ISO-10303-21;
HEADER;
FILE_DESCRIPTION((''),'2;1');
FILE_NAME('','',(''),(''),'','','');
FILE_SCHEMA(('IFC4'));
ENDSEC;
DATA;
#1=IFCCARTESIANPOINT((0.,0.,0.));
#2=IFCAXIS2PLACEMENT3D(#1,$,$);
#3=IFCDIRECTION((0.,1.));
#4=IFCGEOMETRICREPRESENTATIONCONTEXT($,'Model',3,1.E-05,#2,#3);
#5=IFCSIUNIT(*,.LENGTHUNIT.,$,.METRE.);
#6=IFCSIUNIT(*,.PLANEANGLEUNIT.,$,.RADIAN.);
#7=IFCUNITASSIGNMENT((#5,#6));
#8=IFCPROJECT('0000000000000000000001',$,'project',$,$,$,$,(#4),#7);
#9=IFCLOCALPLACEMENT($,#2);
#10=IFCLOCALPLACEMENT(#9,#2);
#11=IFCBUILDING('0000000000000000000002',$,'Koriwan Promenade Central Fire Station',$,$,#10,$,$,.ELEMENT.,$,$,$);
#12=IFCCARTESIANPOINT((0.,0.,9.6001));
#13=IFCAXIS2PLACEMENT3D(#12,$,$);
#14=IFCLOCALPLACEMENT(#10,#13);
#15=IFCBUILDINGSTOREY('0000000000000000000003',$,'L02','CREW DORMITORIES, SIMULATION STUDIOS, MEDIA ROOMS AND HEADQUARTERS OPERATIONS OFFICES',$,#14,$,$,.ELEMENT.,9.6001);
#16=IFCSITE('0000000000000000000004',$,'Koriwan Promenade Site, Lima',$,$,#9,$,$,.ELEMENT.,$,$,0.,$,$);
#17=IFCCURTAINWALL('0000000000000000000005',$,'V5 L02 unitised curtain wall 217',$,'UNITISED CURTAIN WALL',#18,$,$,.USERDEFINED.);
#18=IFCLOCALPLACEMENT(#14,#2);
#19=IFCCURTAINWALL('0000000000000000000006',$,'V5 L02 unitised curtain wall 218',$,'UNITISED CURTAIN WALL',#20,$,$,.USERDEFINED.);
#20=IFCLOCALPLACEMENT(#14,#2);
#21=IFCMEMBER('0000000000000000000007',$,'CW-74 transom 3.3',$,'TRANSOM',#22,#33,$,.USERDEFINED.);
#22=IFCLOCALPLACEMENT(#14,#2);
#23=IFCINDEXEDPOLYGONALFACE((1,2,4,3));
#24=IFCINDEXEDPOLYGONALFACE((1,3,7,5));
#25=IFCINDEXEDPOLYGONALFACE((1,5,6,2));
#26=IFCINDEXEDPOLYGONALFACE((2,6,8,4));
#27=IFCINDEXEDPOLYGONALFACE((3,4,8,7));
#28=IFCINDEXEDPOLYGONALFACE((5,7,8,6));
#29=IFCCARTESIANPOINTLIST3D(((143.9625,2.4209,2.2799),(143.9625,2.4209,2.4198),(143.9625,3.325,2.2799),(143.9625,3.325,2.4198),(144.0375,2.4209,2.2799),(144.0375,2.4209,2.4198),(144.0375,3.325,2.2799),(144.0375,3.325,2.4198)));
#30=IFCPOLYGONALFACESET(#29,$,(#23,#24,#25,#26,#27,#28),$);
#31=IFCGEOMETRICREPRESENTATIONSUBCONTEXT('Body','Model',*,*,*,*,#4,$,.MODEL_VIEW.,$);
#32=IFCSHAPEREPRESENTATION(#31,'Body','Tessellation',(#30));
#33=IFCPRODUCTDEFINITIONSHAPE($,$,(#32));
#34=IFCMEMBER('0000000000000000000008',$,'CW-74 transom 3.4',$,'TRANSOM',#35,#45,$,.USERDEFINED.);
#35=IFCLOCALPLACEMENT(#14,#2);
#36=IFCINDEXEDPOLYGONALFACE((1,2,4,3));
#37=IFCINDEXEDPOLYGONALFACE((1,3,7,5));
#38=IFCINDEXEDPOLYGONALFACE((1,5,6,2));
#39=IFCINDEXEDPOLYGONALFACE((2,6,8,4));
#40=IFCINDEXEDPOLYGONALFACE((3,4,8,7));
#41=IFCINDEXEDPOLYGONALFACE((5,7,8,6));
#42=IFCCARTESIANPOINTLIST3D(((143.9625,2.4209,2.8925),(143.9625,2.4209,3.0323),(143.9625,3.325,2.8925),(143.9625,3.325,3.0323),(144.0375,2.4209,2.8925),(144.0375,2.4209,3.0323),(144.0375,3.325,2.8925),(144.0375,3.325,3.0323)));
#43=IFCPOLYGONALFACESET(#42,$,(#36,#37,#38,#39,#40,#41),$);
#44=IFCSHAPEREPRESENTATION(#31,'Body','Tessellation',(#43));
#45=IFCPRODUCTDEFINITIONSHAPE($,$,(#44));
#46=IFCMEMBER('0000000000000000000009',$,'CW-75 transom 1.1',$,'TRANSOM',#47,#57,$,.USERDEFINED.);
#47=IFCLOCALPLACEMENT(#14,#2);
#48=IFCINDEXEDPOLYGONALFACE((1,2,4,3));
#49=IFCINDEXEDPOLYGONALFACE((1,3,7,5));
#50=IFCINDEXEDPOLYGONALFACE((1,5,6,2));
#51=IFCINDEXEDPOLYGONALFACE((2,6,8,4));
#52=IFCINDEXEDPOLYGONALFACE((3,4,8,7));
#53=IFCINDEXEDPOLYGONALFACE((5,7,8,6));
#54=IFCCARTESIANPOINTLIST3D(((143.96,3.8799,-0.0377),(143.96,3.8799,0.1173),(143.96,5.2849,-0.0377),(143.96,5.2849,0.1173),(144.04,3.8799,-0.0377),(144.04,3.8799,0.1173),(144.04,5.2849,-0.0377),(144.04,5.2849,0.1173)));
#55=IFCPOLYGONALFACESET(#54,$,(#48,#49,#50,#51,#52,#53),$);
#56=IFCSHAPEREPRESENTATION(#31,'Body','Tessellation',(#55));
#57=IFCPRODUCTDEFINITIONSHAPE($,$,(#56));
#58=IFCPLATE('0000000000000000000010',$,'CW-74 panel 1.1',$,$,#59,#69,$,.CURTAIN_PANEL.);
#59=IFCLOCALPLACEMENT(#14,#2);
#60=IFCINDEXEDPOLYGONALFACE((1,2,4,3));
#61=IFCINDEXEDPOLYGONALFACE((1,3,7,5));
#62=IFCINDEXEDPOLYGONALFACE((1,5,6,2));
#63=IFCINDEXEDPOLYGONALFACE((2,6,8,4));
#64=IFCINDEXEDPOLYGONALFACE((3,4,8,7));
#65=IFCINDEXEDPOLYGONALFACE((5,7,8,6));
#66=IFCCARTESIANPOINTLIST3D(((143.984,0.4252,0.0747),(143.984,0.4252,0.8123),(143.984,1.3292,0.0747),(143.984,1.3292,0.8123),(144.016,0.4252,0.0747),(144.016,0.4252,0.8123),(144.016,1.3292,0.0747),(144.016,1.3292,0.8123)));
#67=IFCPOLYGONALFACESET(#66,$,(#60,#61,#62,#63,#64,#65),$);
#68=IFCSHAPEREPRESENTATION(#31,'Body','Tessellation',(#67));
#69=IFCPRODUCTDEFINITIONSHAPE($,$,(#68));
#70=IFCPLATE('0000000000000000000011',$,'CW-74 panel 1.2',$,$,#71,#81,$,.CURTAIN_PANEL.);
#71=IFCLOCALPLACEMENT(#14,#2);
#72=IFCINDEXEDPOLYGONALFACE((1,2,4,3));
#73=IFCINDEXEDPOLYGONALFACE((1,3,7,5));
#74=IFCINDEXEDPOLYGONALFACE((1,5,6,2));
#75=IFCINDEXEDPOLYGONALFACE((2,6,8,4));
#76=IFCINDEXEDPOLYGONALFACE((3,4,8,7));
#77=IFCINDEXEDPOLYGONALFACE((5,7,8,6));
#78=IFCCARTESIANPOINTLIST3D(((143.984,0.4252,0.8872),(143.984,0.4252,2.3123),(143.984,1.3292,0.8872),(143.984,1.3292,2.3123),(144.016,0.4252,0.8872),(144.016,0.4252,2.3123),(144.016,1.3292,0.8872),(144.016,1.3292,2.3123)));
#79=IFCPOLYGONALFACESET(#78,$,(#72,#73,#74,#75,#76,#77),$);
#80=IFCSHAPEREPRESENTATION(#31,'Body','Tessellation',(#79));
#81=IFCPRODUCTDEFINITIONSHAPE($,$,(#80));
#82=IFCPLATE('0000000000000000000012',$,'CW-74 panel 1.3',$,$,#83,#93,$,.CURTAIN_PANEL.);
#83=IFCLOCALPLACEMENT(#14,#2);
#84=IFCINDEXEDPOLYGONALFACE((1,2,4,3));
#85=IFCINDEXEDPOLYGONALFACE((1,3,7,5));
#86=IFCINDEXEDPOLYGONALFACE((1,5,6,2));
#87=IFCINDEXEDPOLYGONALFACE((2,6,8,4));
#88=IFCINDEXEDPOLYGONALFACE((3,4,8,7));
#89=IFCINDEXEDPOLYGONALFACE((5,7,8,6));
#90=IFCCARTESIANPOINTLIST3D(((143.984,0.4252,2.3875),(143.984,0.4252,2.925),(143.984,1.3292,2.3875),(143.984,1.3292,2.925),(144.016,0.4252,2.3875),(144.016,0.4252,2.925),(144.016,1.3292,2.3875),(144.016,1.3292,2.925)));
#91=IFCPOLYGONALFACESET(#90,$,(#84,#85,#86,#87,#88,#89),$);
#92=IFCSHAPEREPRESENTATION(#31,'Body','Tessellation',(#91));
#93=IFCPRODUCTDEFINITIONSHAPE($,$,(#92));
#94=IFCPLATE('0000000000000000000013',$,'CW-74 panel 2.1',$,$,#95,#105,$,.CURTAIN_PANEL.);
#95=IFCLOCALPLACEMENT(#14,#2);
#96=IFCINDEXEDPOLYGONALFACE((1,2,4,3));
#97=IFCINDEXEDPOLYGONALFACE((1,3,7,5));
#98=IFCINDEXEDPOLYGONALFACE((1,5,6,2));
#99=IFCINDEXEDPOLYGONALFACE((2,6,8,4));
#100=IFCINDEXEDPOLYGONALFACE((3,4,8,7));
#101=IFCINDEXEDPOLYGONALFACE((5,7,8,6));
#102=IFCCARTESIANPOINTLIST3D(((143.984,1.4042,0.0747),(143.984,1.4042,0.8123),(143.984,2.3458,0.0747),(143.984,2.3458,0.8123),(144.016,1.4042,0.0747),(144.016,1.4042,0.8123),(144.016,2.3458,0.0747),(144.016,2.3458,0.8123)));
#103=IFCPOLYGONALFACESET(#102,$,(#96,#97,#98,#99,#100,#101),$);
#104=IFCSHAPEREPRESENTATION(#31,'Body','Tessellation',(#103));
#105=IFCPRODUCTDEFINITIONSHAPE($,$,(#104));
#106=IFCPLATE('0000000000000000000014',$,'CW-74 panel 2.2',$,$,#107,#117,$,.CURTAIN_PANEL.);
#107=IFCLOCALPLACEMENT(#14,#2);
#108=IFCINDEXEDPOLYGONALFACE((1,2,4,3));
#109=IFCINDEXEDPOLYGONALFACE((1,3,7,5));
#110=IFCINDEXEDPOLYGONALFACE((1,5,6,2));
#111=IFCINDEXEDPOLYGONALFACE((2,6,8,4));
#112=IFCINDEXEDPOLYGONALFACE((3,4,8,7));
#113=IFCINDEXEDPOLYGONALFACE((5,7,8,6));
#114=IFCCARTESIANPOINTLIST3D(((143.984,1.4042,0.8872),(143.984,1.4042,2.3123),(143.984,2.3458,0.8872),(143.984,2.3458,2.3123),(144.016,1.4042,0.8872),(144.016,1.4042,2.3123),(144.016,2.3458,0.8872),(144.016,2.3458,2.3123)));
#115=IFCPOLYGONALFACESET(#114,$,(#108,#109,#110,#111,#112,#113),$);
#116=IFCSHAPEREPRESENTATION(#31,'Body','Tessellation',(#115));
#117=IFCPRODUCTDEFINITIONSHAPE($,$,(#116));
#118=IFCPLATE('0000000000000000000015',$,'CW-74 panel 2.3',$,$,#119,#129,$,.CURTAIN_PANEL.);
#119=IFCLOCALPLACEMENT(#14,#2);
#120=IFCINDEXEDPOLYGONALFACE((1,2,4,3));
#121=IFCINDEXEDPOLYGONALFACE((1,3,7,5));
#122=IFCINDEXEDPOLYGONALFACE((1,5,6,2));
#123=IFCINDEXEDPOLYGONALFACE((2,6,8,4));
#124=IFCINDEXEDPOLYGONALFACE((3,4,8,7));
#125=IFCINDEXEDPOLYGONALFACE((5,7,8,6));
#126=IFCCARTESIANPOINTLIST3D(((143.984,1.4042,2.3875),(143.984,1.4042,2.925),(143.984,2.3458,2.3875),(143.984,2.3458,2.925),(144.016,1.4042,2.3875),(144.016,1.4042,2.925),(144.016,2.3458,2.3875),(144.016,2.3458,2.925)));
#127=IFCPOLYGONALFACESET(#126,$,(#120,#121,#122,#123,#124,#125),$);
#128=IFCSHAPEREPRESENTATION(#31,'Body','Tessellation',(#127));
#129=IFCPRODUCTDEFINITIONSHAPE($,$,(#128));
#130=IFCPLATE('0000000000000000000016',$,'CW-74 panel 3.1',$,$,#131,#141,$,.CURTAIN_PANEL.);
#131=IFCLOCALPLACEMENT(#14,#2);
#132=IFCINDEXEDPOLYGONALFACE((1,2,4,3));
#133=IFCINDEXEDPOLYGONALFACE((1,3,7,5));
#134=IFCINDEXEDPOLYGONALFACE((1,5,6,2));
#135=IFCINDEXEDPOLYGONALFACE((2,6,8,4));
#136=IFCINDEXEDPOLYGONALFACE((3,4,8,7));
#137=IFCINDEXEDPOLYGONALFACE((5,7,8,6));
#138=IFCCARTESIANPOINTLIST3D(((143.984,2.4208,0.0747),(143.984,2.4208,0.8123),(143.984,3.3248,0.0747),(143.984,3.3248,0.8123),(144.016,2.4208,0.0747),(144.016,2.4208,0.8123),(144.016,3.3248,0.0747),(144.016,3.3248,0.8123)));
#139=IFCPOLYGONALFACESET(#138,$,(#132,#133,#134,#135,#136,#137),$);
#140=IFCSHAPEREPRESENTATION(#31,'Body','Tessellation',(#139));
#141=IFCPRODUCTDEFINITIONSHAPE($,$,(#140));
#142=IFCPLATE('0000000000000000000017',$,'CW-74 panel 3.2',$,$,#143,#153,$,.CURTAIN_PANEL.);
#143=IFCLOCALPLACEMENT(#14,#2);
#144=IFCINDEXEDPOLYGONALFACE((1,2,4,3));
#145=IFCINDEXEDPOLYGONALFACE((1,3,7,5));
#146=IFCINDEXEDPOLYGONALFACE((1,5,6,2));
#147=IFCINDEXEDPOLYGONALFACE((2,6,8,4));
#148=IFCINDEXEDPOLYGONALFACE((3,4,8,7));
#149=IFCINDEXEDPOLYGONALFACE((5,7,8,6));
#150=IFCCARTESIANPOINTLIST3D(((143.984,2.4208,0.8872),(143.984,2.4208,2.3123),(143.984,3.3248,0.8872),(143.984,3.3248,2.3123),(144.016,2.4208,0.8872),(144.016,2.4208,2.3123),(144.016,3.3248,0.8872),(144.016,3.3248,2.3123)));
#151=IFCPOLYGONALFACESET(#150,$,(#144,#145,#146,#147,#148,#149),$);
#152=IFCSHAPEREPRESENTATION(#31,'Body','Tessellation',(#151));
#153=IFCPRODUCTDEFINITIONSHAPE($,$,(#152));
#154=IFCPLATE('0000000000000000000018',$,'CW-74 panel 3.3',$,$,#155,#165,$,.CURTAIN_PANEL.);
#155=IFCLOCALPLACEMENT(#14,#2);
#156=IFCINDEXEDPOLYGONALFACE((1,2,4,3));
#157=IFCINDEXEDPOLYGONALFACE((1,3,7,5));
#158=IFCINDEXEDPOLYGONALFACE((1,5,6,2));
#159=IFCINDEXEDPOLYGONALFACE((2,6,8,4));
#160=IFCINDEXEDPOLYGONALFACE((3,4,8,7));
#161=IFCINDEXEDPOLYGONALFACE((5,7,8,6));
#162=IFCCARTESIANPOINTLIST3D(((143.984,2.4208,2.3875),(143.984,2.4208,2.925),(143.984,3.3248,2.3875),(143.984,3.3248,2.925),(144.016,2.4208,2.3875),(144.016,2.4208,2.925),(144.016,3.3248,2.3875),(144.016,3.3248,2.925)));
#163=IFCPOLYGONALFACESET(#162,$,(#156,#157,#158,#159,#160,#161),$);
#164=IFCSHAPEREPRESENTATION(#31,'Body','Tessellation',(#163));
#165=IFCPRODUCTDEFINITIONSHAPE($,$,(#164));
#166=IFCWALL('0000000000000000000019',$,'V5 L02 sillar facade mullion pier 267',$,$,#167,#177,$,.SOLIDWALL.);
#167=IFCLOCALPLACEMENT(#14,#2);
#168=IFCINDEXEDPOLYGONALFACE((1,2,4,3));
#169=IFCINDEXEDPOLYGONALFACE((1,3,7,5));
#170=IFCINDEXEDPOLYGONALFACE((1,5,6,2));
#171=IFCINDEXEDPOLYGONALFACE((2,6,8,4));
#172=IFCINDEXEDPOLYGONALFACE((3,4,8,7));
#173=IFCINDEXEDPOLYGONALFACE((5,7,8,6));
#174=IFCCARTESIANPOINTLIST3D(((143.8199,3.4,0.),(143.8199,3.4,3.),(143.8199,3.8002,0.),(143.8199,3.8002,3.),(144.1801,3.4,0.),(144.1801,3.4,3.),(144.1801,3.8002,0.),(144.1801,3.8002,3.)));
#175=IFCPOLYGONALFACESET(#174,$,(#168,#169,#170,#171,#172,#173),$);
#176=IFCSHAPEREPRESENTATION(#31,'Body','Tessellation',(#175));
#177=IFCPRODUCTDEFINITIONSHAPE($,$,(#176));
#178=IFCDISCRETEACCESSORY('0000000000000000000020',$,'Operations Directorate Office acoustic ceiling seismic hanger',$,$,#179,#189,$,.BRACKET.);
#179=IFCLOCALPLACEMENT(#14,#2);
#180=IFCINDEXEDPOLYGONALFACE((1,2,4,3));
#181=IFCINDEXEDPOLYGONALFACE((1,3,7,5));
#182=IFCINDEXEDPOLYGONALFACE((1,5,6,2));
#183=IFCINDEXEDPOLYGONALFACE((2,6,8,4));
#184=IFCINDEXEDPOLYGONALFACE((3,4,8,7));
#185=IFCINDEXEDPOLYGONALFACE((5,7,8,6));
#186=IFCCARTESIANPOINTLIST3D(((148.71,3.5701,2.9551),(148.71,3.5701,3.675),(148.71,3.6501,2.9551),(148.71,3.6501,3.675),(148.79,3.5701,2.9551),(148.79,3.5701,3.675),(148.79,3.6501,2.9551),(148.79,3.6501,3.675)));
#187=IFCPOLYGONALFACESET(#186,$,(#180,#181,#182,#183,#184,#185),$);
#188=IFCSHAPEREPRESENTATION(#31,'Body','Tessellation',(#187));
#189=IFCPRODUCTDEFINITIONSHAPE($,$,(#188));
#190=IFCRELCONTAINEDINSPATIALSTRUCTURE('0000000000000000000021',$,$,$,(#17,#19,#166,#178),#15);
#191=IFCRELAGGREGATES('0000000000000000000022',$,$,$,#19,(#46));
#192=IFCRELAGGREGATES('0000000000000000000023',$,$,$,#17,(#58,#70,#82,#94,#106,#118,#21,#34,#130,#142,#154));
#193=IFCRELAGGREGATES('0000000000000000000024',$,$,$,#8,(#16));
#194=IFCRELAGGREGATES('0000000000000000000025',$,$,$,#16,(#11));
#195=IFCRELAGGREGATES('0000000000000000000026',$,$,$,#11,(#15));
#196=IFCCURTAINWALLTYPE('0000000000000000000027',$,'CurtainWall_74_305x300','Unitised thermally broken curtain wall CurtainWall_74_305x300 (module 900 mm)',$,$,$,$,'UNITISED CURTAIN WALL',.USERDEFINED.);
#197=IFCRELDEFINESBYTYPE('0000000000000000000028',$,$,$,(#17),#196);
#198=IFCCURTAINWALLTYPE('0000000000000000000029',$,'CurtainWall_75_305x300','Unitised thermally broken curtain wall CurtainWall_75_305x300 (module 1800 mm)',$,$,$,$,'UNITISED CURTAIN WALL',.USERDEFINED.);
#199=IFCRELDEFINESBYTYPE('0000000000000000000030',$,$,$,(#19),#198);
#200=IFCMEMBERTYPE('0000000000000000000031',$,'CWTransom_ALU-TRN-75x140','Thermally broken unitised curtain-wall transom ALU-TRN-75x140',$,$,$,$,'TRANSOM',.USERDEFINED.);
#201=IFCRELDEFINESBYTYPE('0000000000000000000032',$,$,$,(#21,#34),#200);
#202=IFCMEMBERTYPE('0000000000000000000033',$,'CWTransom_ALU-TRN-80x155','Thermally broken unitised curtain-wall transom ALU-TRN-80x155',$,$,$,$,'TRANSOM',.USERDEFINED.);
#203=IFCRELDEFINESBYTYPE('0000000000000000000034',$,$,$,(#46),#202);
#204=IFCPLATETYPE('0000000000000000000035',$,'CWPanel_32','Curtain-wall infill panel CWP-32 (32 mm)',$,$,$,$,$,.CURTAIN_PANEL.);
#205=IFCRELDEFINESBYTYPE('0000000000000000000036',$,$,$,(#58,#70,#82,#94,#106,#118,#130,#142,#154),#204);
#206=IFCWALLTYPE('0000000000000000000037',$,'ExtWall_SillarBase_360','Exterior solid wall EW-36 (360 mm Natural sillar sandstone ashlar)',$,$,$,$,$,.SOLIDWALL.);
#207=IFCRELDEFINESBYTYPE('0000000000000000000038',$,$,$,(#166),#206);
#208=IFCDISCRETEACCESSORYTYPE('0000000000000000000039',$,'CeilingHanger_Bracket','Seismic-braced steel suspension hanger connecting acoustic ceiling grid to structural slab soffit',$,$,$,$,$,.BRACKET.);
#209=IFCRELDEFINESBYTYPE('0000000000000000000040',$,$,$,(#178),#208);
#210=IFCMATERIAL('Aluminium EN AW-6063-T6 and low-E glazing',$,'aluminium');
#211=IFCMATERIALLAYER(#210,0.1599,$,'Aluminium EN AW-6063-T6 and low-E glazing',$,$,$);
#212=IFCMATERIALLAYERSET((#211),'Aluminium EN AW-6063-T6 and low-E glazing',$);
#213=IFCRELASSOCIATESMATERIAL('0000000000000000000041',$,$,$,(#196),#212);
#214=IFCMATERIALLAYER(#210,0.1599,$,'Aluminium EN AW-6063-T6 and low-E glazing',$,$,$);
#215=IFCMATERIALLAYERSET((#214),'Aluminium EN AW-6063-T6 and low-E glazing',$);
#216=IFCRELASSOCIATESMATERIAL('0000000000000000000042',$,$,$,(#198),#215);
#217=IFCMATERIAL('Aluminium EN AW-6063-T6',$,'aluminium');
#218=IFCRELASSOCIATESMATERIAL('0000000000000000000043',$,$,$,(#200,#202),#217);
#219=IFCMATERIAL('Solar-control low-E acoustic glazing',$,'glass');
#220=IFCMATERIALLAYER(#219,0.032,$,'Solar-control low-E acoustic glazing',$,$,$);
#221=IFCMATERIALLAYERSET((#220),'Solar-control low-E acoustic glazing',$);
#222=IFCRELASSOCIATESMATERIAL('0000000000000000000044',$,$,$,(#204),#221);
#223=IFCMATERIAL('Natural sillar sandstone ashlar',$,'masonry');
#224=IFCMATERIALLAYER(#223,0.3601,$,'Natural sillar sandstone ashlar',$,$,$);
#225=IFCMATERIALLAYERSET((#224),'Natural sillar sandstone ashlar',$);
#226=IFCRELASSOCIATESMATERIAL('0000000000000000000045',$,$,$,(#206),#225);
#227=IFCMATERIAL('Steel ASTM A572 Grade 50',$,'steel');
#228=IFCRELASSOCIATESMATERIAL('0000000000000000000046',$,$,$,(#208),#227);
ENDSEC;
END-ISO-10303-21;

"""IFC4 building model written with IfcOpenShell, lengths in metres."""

from ifc_helpers import new_model, si_unit, direction, frame, frame_2d, origin, origin_2d, place, context, subcontext, project, spatial, rectangle, extrude, material, layer, layer_set, material_profile, profile_set, type_object, element, aggregate, save


model = new_model("IFC4")

# Units and contexts
model_context = context("Model", 3, precision=1e-05, world=origin(), true_north=direction((0.0, 1.0)))
body_context = subcontext(model_context, "Body", "Model", "MODEL_VIEW")
ifc_project = project(units=[si_unit("LENGTHUNIT", "METRE"), si_unit("PLANEANGLEUNIT", "RADIAN")], contexts=[model_context])

# Site, building, storey
site_placement = place(None, origin())
site = spatial("IfcSite", under=ifc_project, at=site_placement, Name="Koriwan Promenade Site, Lima", CompositionType="ELEMENT", RefElevation=0.0)
building_placement = place(site_placement, origin())
building = spatial("IfcBuilding", under=site, at=building_placement, Name="Koriwan Promenade Central Fire Station", CompositionType="ELEMENT")
storey_placement = place(building_placement, frame((0.0, 0.0, 9.6001)))
storey = spatial("IfcBuildingStorey", under=building, at=storey_placement, Name="L02", Description="CREW DORMITORIES, SIMULATION STUDIOS, MEDIA ROOMS AND HEADQUARTERS OPERATIONS OFFICES", CompositionType="ELEMENT", Elevation=9.6001)

# Curtain wall
ifc_material_1 = material(Name="Aluminium EN AW-6063-T6 and low-E glazing", Category="aluminium")
ifc_layer_1 = layer(ifc_material_1, 0.1599, Name="Aluminium EN AW-6063-T6 and low-E glazing")
ifc_layer_set_1 = layer_set([ifc_layer_1], Name="Aluminium EN AW-6063-T6 and low-E glazing")
curtain_wall_type_1 = type_object("IfcCurtainWallType", Name="CurtainWall_74_305x300", Description="Unitised thermally broken curtain wall CurtainWall_74_305x300 (module 900 mm)", ElementType="UNITISED CURTAIN WALL", PredefinedType="USERDEFINED", material=ifc_layer_set_1)
curtain_wall_1_placement = place(storey_placement, origin())
curtain_wall_1 = element("IfcCurtainWall", 1, at=curtain_wall_1_placement, inside=storey, type_object=curtain_wall_type_1, Name="V5 L02 unitised curtain wall 217", ObjectType="UNITISED CURTAIN WALL", PredefinedType="USERDEFINED")
ifc_material_2 = material(Name="Aluminium EN AW-6063-T6", Category="aluminium")

# Curtain wall
ifc_layer_2 = layer(ifc_material_1, 0.1599, Name="Aluminium EN AW-6063-T6 and low-E glazing")
ifc_layer_set_2 = layer_set([ifc_layer_2], Name="Aluminium EN AW-6063-T6 and low-E glazing")
curtain_wall_type_2 = type_object("IfcCurtainWallType", Name="CurtainWall_75_305x300", Description="Unitised thermally broken curtain wall CurtainWall_75_305x300 (module 1800 mm)", ElementType="UNITISED CURTAIN WALL", PredefinedType="USERDEFINED", material=ifc_layer_set_2)
curtain_wall_2_placement = place(storey_placement, origin())
curtain_wall_2 = element("IfcCurtainWall", 2, at=curtain_wall_2_placement, inside=storey, type_object=curtain_wall_type_2, Name="V5 L02 unitised curtain wall 218", ObjectType="UNITISED CURTAIN WALL", PredefinedType="USERDEFINED")

# Members
ifc_material_profile_1 = material_profile(ifc_material_2, rectangle(XDim=0.075, YDim=0.1399, at=origin_2d()), Name="ALU-TRN-75x140")
ifc_profile_set_1 = profile_set([ifc_material_profile_1], Name="Aluminium EN AW-6063-T6")
member_type_1 = type_object("IfcMemberType", Name="CWTransom_ALU-TRN-75x140", Description="Thermally broken unitised curtain-wall transom ALU-TRN-75x140", ElementType="TRANSOM", PredefinedType="USERDEFINED", material=ifc_profile_set_1)
member_1_placement = place(storey_placement, frame((144.0, 2.4209, 2.3499), z_axis=(0.0, 1.0, 0.0), x_axis=(-1.0, 0.0, 0.0)))
member_1 = element("IfcMember", 3, at=member_1_placement, type_object=member_type_1, Name="CW-74 transom 3.3", ObjectType="TRANSOM", PredefinedType="USERDEFINED", context=body_context, shape_type="SweptSolid", body=[
    extrude(rectangle(XDim=0.075, YDim=0.1399, at=origin_2d()), origin(), (0.0, 0.0, 1.0), 0.9041),
])
member_2_placement = place(storey_placement, frame((144.0, 2.4209, 2.9624), z_axis=(0.0, 1.0, 0.0), x_axis=(-1.0, 0.0, 0.0)))
member_2 = element("IfcMember", 4, at=member_2_placement, type_object=member_type_1, Name="CW-74 transom 3.4", ObjectType="TRANSOM", PredefinedType="USERDEFINED", context=body_context, shape_type="SweptSolid", body=[
    extrude(rectangle(XDim=0.075, YDim=0.1399, at=origin_2d()), origin(), (0.0, 0.0, 1.0), 0.9041),
])
ifc_material_profile_2 = material_profile(ifc_material_2, rectangle(XDim=0.0801, YDim=0.155, at=origin_2d()), Name="ALU-TRN-80x155")
ifc_profile_set_2 = profile_set([ifc_material_profile_2], Name="Aluminium EN AW-6063-T6")
member_type_2 = type_object("IfcMemberType", Name="CWTransom_ALU-TRN-80x155", Description="Thermally broken unitised curtain-wall transom ALU-TRN-80x155", ElementType="TRANSOM", PredefinedType="USERDEFINED", material=ifc_profile_set_2)
member_3_placement = place(storey_placement, frame((144.0, 3.8799, 0.0398), z_axis=(0.0, 1.0, 0.0), x_axis=(-1.0, 0.0, 0.0)))
member_3 = element("IfcMember", 5, at=member_3_placement, type_object=member_type_2, Name="CW-75 transom 1.1", ObjectType="TRANSOM", PredefinedType="USERDEFINED", context=body_context, shape_type="SweptSolid", body=[
    extrude(rectangle(XDim=0.0801, YDim=0.155, at=origin_2d()), origin(), (0.0, 0.0, 1.0), 1.405),
])
aggregate(curtain_wall_2, [member_3])

# Plates
ifc_material_3 = material(Name="Solar-control low-E acoustic glazing", Category="glass")
ifc_layer_3 = layer(ifc_material_3, 0.032, Name="Solar-control low-E acoustic glazing")
ifc_layer_set_3 = layer_set([ifc_layer_3], Name="Solar-control low-E acoustic glazing")
plate_type = type_object("IfcPlateType", Name="CWPanel_32", Description="Curtain-wall infill panel CWP-32 (32 mm)", PredefinedType="CURTAIN_PANEL", material=ifc_layer_set_3)
plate_1_placement = place(storey_placement, frame((144.0, 0.8772, 0.0747), z_axis=(0.0, 0.0, 1.0), x_axis=(0.0, 1.0, 0.0)))
plate_1 = element("IfcPlate", 6, at=plate_1_placement, type_object=plate_type, Name="CW-74 panel 1.1", PredefinedType="CURTAIN_PANEL", context=body_context, shape_type="SweptSolid", body=[
    extrude(rectangle(XDim=0.9041, YDim=0.032, at=origin_2d()), origin(), (0.0, 0.0, 1.0), 0.7375),
])
plate_2_placement = place(storey_placement, frame((144.0, 0.8772, 0.8872), z_axis=(0.0, 0.0, 1.0), x_axis=(0.0, 1.0, 0.0)))
plate_2 = element("IfcPlate", 7, at=plate_2_placement, type_object=plate_type, Name="CW-74 panel 1.2", PredefinedType="CURTAIN_PANEL", context=body_context, shape_type="SweptSolid", body=[
    extrude(rectangle(XDim=0.9041, YDim=0.032, at=origin_2d()), origin(), (0.0, 0.0, 1.0), 1.425),
])
plate_3_placement = place(storey_placement, frame((144.0, 0.8772, 2.3875), z_axis=(0.0, 0.0, 1.0), x_axis=(0.0, 1.0, 0.0)))
plate_3 = element("IfcPlate", 8, at=plate_3_placement, type_object=plate_type, Name="CW-74 panel 1.3", PredefinedType="CURTAIN_PANEL", context=body_context, shape_type="SweptSolid", body=[
    extrude(rectangle(XDim=0.9041, YDim=0.032, at=origin_2d()), origin(), (0.0, 0.0, 1.0), 0.5376),
])
plate_4_placement = place(storey_placement, frame((144.0, 1.875, 0.0747), z_axis=(0.0, 0.0, 1.0), x_axis=(0.0, 1.0, 0.0)))
plate_4 = element("IfcPlate", 9, at=plate_4_placement, type_object=plate_type, Name="CW-74 panel 2.1", PredefinedType="CURTAIN_PANEL", context=body_context, shape_type="SweptSolid", body=[
    extrude(rectangle(XDim=0.9417, YDim=0.032, at=origin_2d()), origin(), (0.0, 0.0, 1.0), 0.7375),
])
plate_5_placement = place(storey_placement, frame((144.0, 1.875, 0.8872), z_axis=(0.0, 0.0, 1.0), x_axis=(0.0, 1.0, 0.0)))
plate_5 = element("IfcPlate", 10, at=plate_5_placement, type_object=plate_type, Name="CW-74 panel 2.2", PredefinedType="CURTAIN_PANEL", context=body_context, shape_type="SweptSolid", body=[
    extrude(rectangle(XDim=0.9417, YDim=0.032, at=origin_2d()), origin(), (0.0, 0.0, 1.0), 1.425),
])
plate_6_placement = place(storey_placement, frame((144.0, 1.875, 2.3875), z_axis=(0.0, 0.0, 1.0), x_axis=(0.0, 1.0, 0.0)))
plate_6 = element("IfcPlate", 11, at=plate_6_placement, type_object=plate_type, Name="CW-74 panel 2.3", PredefinedType="CURTAIN_PANEL", context=body_context, shape_type="SweptSolid", body=[
    extrude(rectangle(XDim=0.9417, YDim=0.032, at=origin_2d()), origin(), (0.0, 0.0, 1.0), 0.5376),
])
plate_7_placement = place(storey_placement, frame((144.0, 2.8728, 0.0747), z_axis=(0.0, 0.0, 1.0), x_axis=(0.0, 1.0, 0.0)))
plate_7 = element("IfcPlate", 12, at=plate_7_placement, type_object=plate_type, Name="CW-74 panel 3.1", PredefinedType="CURTAIN_PANEL", context=body_context, shape_type="SweptSolid", body=[
    extrude(rectangle(XDim=0.9041, YDim=0.032, at=origin_2d()), origin(), (0.0, 0.0, 1.0), 0.7375),
])
plate_8_placement = place(storey_placement, frame((144.0, 2.8728, 0.8872), z_axis=(0.0, 0.0, 1.0), x_axis=(0.0, 1.0, 0.0)))
plate_8 = element("IfcPlate", 13, at=plate_8_placement, type_object=plate_type, Name="CW-74 panel 3.2", PredefinedType="CURTAIN_PANEL", context=body_context, shape_type="SweptSolid", body=[
    extrude(rectangle(XDim=0.9041, YDim=0.032, at=origin_2d()), origin(), (0.0, 0.0, 1.0), 1.425),
])
plate_9_placement = place(storey_placement, frame((144.0, 2.8728, 2.3875), z_axis=(0.0, 0.0, 1.0), x_axis=(0.0, 1.0, 0.0)))
plate_9 = element("IfcPlate", 14, at=plate_9_placement, type_object=plate_type, Name="CW-74 panel 3.3", PredefinedType="CURTAIN_PANEL", context=body_context, shape_type="SweptSolid", body=[
    extrude(rectangle(XDim=0.9041, YDim=0.032, at=origin_2d()), origin(), (0.0, 0.0, 1.0), 0.5376),
])
aggregate(curtain_wall_1, [plate_1, plate_2, plate_3, plate_4, plate_5, plate_6, member_1, member_2, plate_7, plate_8, plate_9])

# Wall
ifc_material_4 = material(Name="Natural sillar sandstone ashlar", Category="masonry")
ifc_layer_4 = layer(ifc_material_4, 0.3601, Name="Natural sillar sandstone ashlar")
ifc_layer_set_4 = layer_set([ifc_layer_4], Name="Natural sillar sandstone ashlar")
wall_type = type_object("IfcWallType", Name="ExtWall_SillarBase_360", Description="Exterior solid wall EW-36 (360 mm Natural sillar sandstone ashlar)", PredefinedType="SOLIDWALL", material=ifc_layer_set_4)
wall_placement = place(storey_placement, frame((144.0, 3.3999, 0.0), z_axis=(0.0, 0.0, 1.0), x_axis=(0.0, 1.0, 0.0)))
element("IfcWall", 15, at=wall_placement, inside=storey, type_object=wall_type, Name="V5 L02 sillar facade mullion pier 267", PredefinedType="SOLIDWALL", context=body_context, shape_type="SweptSolid", body=[
    extrude(rectangle(XDim=0.4001, YDim=0.3601, at=frame_2d((0.2002, 0.0))), origin(), (0.0, 0.0, 1.0), 3.0),
])

# Discrete accessory
ifc_material_5 = material(Name="Steel ASTM A572 Grade 50", Category="steel")
discrete_accessory_type = type_object("IfcDiscreteAccessoryType", Name="CeilingHanger_Bracket", Description="Seismic-braced steel suspension hanger connecting acoustic ceiling grid to structural slab soffit", PredefinedType="BRACKET", material=ifc_material_5)
discrete_accessory_placement = place(storey_placement, frame((148.75, 3.6101, 2.9551), z_axis=(0.0, 0.0, 1.0), x_axis=(1.0, 0.0, 0.0)))
element("IfcDiscreteAccessory", 16, at=discrete_accessory_placement, inside=storey, type_object=discrete_accessory_type, Name="Operations Directorate Office acoustic ceiling seismic hanger", PredefinedType="BRACKET", context=body_context, shape_type="SweptSolid", body=[
    extrude(rectangle(XDim=0.0801, YDim=0.0801, at=origin_2d()), origin(), (0.0, 0.0, 1.0), 0.72),
])

save(model, "model.ifc")
